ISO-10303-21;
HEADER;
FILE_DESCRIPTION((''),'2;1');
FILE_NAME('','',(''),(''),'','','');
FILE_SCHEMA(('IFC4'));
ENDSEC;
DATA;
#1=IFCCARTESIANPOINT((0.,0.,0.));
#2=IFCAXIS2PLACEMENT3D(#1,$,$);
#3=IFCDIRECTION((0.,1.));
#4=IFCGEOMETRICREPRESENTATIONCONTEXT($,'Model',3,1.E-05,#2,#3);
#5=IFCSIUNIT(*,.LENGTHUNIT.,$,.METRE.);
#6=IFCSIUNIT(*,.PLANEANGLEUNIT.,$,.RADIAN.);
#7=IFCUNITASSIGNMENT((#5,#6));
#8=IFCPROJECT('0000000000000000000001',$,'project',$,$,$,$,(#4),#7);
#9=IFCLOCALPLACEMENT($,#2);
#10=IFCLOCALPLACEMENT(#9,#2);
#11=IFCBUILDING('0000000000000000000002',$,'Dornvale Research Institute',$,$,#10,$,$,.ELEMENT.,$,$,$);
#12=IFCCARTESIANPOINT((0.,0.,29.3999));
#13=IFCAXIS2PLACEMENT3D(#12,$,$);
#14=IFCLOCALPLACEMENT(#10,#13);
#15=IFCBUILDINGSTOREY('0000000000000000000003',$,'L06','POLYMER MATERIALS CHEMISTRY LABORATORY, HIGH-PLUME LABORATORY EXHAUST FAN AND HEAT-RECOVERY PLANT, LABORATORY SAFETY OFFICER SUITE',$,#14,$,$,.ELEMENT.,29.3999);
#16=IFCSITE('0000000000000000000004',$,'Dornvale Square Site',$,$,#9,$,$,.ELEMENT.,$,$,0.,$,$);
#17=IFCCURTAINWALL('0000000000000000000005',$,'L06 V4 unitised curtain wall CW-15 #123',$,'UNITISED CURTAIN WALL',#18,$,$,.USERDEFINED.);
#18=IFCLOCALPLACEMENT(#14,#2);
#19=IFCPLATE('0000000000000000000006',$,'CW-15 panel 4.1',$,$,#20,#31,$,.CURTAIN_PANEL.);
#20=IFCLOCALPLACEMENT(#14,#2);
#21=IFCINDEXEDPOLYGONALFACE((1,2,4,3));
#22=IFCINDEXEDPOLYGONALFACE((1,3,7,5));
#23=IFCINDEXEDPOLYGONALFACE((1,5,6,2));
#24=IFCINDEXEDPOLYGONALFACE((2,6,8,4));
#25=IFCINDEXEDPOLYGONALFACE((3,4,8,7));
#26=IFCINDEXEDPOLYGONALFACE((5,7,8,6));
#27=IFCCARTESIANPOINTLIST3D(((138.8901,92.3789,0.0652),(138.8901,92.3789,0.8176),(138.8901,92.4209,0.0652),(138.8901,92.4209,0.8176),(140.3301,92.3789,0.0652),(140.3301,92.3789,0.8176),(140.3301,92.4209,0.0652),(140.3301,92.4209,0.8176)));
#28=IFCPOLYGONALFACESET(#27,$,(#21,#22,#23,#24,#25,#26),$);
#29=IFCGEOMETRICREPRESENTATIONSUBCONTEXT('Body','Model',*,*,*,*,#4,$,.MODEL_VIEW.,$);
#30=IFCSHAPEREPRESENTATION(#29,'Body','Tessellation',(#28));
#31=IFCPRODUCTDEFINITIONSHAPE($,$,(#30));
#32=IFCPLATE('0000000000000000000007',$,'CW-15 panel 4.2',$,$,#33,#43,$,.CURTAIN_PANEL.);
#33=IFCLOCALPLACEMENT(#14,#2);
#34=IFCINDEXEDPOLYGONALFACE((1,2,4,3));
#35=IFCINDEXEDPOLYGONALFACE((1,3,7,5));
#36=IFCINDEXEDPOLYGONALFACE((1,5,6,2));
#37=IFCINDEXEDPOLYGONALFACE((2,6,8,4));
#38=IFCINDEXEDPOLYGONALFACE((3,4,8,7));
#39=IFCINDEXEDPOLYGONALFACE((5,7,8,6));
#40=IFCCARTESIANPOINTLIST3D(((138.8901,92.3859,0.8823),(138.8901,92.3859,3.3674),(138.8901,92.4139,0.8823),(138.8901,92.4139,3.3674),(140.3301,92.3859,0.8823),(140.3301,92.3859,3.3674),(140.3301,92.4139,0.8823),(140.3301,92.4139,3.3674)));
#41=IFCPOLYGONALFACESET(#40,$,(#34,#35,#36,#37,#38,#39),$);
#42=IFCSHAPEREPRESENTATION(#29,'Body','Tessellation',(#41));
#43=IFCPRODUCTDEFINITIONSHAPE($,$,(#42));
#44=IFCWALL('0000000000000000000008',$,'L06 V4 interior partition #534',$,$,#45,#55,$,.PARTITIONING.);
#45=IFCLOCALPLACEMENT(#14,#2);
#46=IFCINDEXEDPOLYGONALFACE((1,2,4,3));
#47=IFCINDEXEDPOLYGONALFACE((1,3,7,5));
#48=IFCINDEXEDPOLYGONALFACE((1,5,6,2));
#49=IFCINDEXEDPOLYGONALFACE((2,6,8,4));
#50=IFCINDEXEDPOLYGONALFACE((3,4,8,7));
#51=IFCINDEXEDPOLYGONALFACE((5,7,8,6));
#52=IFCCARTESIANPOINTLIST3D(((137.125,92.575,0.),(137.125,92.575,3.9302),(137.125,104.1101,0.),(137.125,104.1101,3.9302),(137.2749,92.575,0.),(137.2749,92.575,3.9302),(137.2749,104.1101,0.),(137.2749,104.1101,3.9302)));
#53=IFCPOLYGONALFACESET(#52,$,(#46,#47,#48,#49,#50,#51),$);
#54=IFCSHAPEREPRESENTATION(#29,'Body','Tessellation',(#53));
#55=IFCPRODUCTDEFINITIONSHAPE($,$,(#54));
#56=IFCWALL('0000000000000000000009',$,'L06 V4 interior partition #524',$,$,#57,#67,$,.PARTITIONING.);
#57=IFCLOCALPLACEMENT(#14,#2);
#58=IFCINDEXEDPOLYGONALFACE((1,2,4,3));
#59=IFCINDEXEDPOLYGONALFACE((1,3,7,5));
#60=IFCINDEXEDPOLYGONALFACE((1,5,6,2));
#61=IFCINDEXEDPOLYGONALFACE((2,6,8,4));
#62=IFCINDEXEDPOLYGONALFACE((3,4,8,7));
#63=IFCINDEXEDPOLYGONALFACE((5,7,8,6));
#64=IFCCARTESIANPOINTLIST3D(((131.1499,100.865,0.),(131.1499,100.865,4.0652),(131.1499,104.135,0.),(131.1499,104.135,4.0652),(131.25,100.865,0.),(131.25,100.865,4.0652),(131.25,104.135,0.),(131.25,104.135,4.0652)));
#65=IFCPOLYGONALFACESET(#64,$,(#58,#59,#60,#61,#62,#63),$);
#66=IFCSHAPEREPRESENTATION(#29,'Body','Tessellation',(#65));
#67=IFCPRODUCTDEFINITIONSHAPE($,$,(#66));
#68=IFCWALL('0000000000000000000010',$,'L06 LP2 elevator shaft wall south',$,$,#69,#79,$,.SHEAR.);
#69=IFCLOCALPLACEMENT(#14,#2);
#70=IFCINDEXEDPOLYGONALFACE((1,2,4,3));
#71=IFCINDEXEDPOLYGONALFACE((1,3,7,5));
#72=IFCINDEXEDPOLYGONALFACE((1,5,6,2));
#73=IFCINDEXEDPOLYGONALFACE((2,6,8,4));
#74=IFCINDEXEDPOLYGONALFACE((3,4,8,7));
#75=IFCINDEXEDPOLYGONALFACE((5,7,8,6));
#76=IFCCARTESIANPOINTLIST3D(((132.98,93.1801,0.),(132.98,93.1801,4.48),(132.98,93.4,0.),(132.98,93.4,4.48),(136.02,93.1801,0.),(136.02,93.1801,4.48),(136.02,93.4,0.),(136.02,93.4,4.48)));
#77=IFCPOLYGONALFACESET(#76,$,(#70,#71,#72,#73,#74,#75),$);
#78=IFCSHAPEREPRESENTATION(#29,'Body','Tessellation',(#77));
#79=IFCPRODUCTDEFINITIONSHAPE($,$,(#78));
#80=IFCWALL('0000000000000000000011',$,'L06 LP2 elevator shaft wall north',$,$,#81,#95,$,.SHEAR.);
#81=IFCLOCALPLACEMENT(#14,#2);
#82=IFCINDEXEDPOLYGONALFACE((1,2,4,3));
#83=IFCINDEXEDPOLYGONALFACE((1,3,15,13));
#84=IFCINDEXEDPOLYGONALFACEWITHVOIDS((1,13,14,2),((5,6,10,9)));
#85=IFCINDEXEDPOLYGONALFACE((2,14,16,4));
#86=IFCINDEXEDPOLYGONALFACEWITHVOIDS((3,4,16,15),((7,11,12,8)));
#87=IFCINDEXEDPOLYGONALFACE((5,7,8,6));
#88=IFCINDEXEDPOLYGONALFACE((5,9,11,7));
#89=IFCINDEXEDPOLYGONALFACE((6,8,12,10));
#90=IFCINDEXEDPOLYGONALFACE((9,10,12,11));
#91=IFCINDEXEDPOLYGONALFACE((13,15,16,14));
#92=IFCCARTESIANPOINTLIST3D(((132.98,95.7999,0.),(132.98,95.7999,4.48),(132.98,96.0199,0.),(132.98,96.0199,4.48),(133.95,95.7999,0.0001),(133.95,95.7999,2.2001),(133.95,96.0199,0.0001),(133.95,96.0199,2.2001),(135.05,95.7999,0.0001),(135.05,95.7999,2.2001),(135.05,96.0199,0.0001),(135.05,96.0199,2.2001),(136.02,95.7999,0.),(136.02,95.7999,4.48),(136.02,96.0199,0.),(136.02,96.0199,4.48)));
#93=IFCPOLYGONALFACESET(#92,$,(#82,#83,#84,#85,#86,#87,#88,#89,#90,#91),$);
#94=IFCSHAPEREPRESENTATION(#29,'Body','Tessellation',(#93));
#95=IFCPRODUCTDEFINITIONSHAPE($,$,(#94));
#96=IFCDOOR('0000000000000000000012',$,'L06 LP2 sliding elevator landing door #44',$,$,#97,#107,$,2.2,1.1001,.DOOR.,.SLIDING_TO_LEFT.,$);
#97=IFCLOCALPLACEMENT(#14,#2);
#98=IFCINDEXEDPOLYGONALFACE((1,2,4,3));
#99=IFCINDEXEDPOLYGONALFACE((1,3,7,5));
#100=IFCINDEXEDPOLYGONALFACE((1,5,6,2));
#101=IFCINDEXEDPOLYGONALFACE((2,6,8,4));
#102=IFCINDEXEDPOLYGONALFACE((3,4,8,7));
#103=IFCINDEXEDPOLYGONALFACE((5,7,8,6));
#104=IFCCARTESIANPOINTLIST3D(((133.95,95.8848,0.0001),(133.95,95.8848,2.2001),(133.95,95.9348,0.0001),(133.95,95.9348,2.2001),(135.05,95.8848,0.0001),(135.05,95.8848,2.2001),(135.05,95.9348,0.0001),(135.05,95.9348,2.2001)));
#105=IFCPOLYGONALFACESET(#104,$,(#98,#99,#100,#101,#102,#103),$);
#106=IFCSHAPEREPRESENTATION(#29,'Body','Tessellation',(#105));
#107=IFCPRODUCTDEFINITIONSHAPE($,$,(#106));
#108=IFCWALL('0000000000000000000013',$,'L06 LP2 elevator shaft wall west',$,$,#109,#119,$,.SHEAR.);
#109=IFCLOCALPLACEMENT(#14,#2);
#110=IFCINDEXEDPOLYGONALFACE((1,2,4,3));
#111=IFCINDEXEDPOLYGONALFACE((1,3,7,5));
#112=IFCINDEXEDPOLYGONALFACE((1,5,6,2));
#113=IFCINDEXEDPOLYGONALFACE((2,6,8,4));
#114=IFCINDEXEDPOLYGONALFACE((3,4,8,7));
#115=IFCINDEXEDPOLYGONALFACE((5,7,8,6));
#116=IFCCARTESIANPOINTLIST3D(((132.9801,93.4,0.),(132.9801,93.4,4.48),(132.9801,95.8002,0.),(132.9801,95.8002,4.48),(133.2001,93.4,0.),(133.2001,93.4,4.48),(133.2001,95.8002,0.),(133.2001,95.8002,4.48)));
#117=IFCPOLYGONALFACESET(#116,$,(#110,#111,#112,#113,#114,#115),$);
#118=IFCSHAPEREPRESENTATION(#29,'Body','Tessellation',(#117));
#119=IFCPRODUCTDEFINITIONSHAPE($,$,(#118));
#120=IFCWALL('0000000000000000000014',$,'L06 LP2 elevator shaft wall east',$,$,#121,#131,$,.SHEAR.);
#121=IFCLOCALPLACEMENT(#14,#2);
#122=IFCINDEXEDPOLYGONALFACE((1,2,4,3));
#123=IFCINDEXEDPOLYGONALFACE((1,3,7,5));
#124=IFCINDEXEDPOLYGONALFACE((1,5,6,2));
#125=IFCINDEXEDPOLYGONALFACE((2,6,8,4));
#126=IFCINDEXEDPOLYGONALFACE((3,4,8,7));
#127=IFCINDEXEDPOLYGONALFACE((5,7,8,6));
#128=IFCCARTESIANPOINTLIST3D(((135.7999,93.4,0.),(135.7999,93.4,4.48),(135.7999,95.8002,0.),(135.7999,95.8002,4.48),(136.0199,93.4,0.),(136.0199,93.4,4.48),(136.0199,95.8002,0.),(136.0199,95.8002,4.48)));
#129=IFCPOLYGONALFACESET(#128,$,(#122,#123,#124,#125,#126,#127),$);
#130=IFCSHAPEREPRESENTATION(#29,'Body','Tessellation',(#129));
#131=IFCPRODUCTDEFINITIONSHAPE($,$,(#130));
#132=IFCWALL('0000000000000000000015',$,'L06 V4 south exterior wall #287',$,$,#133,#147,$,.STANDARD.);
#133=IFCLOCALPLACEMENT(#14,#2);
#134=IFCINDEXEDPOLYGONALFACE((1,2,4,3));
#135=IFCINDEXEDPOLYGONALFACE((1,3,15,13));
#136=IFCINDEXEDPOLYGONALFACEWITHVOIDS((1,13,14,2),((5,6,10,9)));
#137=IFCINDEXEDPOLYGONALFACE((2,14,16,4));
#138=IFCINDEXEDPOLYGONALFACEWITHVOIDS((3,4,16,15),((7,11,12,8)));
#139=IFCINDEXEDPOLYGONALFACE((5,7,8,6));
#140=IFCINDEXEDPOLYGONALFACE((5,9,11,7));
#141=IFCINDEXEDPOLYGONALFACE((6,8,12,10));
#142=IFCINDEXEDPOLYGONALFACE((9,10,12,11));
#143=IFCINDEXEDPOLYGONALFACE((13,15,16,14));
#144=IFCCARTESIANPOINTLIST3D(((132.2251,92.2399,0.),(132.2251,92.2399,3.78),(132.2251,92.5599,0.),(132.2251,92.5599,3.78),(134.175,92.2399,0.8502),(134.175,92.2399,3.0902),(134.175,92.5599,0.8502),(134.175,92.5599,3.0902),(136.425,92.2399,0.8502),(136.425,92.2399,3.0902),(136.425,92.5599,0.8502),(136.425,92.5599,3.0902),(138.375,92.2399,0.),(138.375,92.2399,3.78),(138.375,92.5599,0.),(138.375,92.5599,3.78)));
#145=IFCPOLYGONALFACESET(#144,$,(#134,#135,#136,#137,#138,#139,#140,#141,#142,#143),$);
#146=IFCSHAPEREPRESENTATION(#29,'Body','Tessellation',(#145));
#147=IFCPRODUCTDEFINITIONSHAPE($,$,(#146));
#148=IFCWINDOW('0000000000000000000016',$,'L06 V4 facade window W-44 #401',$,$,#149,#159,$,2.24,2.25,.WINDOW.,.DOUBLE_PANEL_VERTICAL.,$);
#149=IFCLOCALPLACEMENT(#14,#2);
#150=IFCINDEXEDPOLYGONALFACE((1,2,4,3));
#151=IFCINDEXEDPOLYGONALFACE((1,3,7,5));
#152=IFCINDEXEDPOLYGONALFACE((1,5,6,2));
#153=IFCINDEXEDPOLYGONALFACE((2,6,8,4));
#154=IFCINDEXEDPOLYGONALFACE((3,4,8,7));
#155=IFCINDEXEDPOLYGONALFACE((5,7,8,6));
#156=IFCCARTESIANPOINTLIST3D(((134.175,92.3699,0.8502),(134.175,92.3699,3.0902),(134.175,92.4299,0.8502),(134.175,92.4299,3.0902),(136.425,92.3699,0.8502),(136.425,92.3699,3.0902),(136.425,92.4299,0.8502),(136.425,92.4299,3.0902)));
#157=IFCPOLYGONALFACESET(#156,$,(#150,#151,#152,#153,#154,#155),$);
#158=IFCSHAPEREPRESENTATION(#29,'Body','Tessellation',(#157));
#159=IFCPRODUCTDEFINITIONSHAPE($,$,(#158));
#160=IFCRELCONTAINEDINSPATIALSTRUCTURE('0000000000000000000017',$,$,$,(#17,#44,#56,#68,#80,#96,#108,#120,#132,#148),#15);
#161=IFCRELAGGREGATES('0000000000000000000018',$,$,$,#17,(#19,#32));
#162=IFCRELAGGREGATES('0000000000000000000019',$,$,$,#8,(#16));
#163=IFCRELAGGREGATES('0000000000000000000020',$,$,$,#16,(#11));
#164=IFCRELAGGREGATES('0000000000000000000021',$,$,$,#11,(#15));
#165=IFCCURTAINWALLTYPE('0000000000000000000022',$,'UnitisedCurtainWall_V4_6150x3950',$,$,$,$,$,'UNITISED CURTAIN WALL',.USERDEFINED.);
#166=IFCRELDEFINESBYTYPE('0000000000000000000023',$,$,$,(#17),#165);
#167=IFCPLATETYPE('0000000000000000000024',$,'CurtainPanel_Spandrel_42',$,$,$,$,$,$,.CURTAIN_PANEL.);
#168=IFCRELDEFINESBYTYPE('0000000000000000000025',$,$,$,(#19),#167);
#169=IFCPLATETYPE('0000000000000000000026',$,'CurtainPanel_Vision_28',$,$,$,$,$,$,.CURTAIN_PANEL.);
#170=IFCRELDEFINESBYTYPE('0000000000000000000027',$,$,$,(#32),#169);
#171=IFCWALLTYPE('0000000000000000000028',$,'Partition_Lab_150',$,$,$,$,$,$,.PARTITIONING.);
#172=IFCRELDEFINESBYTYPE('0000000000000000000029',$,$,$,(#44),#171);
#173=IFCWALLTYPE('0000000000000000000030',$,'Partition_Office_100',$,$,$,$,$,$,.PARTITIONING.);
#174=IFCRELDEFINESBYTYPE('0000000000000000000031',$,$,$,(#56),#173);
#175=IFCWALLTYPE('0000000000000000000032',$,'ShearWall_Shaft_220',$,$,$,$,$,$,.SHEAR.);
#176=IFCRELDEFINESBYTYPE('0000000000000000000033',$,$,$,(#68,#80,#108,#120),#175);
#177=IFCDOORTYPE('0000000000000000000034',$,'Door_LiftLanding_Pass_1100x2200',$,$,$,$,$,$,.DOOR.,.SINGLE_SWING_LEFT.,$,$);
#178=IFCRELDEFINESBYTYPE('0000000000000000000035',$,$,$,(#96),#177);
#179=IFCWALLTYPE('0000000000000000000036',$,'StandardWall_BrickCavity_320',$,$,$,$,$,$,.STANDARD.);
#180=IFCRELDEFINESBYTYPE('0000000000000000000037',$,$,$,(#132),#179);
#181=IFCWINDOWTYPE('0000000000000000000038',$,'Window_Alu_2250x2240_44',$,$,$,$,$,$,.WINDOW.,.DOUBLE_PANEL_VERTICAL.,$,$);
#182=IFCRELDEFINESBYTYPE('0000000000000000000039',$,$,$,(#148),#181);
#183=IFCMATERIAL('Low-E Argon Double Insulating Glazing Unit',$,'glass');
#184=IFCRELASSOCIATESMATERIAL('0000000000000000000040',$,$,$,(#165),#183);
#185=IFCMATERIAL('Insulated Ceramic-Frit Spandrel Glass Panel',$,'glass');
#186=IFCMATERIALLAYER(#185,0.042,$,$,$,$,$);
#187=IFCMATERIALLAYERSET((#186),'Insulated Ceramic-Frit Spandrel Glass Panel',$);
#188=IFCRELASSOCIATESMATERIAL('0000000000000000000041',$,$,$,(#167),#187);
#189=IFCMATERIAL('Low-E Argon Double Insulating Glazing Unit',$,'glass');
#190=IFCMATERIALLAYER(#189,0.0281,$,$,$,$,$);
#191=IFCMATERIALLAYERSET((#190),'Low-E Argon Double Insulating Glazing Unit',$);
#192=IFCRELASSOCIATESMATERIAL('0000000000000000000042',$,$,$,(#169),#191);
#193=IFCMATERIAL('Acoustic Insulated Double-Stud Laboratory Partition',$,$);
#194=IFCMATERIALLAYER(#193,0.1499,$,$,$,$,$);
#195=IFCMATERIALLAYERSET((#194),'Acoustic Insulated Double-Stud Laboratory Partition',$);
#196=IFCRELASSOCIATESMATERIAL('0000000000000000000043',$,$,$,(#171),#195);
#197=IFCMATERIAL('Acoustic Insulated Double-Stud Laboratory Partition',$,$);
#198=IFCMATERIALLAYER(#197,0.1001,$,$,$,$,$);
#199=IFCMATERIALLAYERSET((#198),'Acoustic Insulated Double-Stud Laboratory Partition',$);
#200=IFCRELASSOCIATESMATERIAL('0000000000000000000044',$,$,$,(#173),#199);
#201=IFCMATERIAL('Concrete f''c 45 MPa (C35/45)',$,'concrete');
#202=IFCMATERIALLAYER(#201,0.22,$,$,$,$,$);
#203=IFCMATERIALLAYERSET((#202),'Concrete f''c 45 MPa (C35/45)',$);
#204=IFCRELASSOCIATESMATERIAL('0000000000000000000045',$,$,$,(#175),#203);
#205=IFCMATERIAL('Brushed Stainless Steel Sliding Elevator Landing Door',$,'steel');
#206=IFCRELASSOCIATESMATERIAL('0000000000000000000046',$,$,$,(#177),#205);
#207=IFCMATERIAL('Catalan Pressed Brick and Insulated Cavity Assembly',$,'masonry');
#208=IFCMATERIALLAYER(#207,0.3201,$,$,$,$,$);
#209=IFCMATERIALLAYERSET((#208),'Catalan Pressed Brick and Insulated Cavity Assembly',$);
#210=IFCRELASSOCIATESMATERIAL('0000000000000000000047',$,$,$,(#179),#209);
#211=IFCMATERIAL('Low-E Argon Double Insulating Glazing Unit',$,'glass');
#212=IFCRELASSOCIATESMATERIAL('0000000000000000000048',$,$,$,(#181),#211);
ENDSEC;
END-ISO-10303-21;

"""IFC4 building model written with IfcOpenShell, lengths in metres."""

from ifc_helpers import new_model, si_unit, direction, frame, frame_2d, origin, origin_2d, place, context, subcontext, project, spatial, rectangle, extrude, material, layer, layer_set, type_object, element, fill, aggregate, save


model = new_model("IFC4")

# Units and contexts
model_context = context("Model", 3, precision=1e-05, world=origin(), true_north=direction((0.0, 1.0)))
body_context = subcontext(model_context, "Body", "Model", "MODEL_VIEW")
ifc_project = project(units=[si_unit("LENGTHUNIT", "METRE"), si_unit("PLANEANGLEUNIT", "RADIAN")], contexts=[model_context])

# Site, building, storey
site_placement = place(None, origin())
site = spatial("IfcSite", under=ifc_project, at=site_placement, Name="Dornvale Square Site", CompositionType="ELEMENT", RefElevation=0.0)
building_placement = place(site_placement, origin())
building = spatial("IfcBuilding", under=site, at=building_placement, Name="Dornvale Research Institute", CompositionType="ELEMENT")
storey_placement = place(building_placement, frame((0.0, 0.0, 29.3999)))
storey = spatial("IfcBuildingStorey", under=building, at=storey_placement, Name="L06", Description="POLYMER MATERIALS CHEMISTRY LABORATORY, HIGH-PLUME LABORATORY EXHAUST FAN AND HEAT-RECOVERY PLANT, LABORATORY SAFETY OFFICER SUITE", CompositionType="ELEMENT", Elevation=29.3999)

# Curtain wall
ifc_material_1 = material(Name="Low-E Argon Double Insulating Glazing Unit", Category="glass")
curtain_wall_type = type_object("IfcCurtainWallType", Name="UnitisedCurtainWall_V4_6150x3950", ElementType="UNITISED CURTAIN WALL", PredefinedType="USERDEFINED", material=ifc_material_1)
curtain_wall_1_placement = place(storey_placement, origin())
curtain_wall_1 = element("IfcCurtainWall", 1, at=curtain_wall_1_placement, inside=storey, type_object=curtain_wall_type, Name="L06 V4 unitised curtain wall CW-15 #123", ObjectType="UNITISED CURTAIN WALL", PredefinedType="USERDEFINED")

# Plates
ifc_material_2 = material(Name="Insulated Ceramic-Frit Spandrel Glass Panel", Category="glass")
ifc_layer_1 = layer(ifc_material_2, 0.042)
ifc_layer_set_1 = layer_set([ifc_layer_1], Name="Insulated Ceramic-Frit Spandrel Glass Panel")
plate_type_1 = type_object("IfcPlateType", Name="CurtainPanel_Spandrel_42", PredefinedType="CURTAIN_PANEL", material=ifc_layer_set_1)
plate_1_placement = place(storey_placement, frame((139.6101, 92.3999, 0.0652), z_axis=(0.0, 0.0, 1.0), x_axis=(-1.0, 0.0, 0.0)))
plate_1 = element("IfcPlate", 2, at=plate_1_placement, type_object=plate_type_1, Name="CW-15 panel 4.1", PredefinedType="CURTAIN_PANEL", context=body_context, shape_type="SweptSolid", body=[
    extrude(rectangle(XDim=1.4399, YDim=0.042, at=origin_2d()), origin(), (0.0, 0.0, 1.0), 0.7524),
])
ifc_material_3 = material(Name="Low-E Argon Double Insulating Glazing Unit", Category="glass")
ifc_layer_2 = layer(ifc_material_3, 0.0281)
ifc_layer_set_2 = layer_set([ifc_layer_2], Name="Low-E Argon Double Insulating Glazing Unit")
plate_type_2 = type_object("IfcPlateType", Name="CurtainPanel_Vision_28", PredefinedType="CURTAIN_PANEL", material=ifc_layer_set_2)
plate_2_placement = place(storey_placement, frame((139.6101, 92.3999, 0.8823), z_axis=(0.0, 0.0, 1.0), x_axis=(-1.0, 0.0, 0.0)))
plate_2 = element("IfcPlate", 3, at=plate_2_placement, type_object=plate_type_2, Name="CW-15 panel 4.2", PredefinedType="CURTAIN_PANEL", context=body_context, shape_type="SweptSolid", body=[
    extrude(rectangle(XDim=1.4399, YDim=0.0281, at=origin_2d()), origin(), (0.0, 0.0, 1.0), 2.4851),
])
aggregate(curtain_wall_1, [plate_1, plate_2])

# Walls
ifc_material_4 = material(Name="Acoustic Insulated Double-Stud Laboratory Partition")
ifc_layer_3 = layer(ifc_material_4, 0.1499)
ifc_layer_set_3 = layer_set([ifc_layer_3], Name="Acoustic Insulated Double-Stud Laboratory Partition")
wall_type_1 = type_object("IfcWallType", Name="Partition_Lab_150", PredefinedType="PARTITIONING", material=ifc_layer_set_3)
wall_1_placement = place(storey_placement, frame((137.2, 92.575, 0.0), z_axis=(0.0, 0.0, 1.0), x_axis=(0.0, 1.0, 0.0)))
element("IfcWall", 4, at=wall_1_placement, inside=storey, type_object=wall_type_1, Name="L06 V4 interior partition #534", PredefinedType="PARTITIONING", context=body_context, shape_type="SweptSolid", body=[
    extrude(rectangle(XDim=11.5352, YDim=0.1499, at=frame_2d((5.7676, 0.0))), origin(), (0.0, 0.0, 1.0), 3.9302),
])
ifc_material_5 = material(Name="Acoustic Insulated Double-Stud Laboratory Partition")
ifc_layer_4 = layer(ifc_material_5, 0.1001)
ifc_layer_set_4 = layer_set([ifc_layer_4], Name="Acoustic Insulated Double-Stud Laboratory Partition")
wall_type_2 = type_object("IfcWallType", Name="Partition_Office_100", PredefinedType="PARTITIONING", material=ifc_layer_set_4)
wall_2_placement = place(storey_placement, frame((131.2, 100.865, 0.0), z_axis=(0.0, 0.0, 1.0), x_axis=(0.0, 1.0, 0.0)))
element("IfcWall", 5, at=wall_2_placement, inside=storey, type_object=wall_type_2, Name="L06 V4 interior partition #524", PredefinedType="PARTITIONING", context=body_context, shape_type="SweptSolid", body=[
    extrude(rectangle(XDim=3.27, YDim=0.1001, at=frame_2d((1.635, 0.0))), origin(), (0.0, 0.0, 1.0), 4.0652),
])
ifc_material_6 = material(Name="Concrete f'c 45 MPa (C35/45)", Category="concrete")
ifc_layer_5 = layer(ifc_material_6, 0.22)
ifc_layer_set_5 = layer_set([ifc_layer_5], Name="Concrete f'c 45 MPa (C35/45)")
wall_type_3 = type_object("IfcWallType", Name="ShearWall_Shaft_220", PredefinedType="SHEAR", material=ifc_layer_set_5)
wall_3_placement = place(storey_placement, frame((132.98, 93.29, 0.0), z_axis=(0.0, 0.0, 1.0), x_axis=(1.0, 0.0, 0.0)))
element("IfcWall", 6, at=wall_3_placement, inside=storey, type_object=wall_type_3, Name="L06 LP2 elevator shaft wall south", PredefinedType="SHEAR", context=body_context, shape_type="SweptSolid", body=[
    extrude(rectangle(XDim=3.04, YDim=0.22, at=frame_2d((1.52, 0.0))), origin(), (0.0, 0.0, 1.0), 4.48),
])

# Wall, opening, door
wall_4_placement = place(storey_placement, frame((132.98, 95.9099, 0.0), z_axis=(0.0, 0.0, 1.0), x_axis=(1.0, 0.0, 0.0)))
wall_4 = element("IfcWall", 7, at=wall_4_placement, inside=storey, type_object=wall_type_3, Name="L06 LP2 elevator shaft wall north", PredefinedType="SHEAR", context=body_context, shape_type="SweptSolid", body=[
    extrude(rectangle(XDim=3.04, YDim=0.22, at=frame_2d((1.52, 0.0))), origin(), (0.0, 0.0, 1.0), 4.48),
])
opening_1_placement = place(wall_4_placement, frame((0.97, 0.0, 0.0)))
opening_1 = element("IfcOpeningElement", 8, at=opening_1_placement, cuts=wall_4, PredefinedType="OPENING", context=body_context, shape_type="SweptSolid", body=[
    extrude(rectangle(XDim=1.1001, YDim=2.2, at=frame_2d((0.55, 1.1001))), frame((0.0, 0.125, 0.0), z_axis=(0.0, -1.0, 0.0), x_axis=(1.0, 0.0, 0.0)), (0.0, 0.0, 1.0), 0.25),
])
ifc_material_7 = material(Name="Brushed Stainless Steel Sliding Elevator Landing Door", Category="steel")
door_type = type_object("IfcDoorType", Name="Door_LiftLanding_Pass_1100x2200", OperationType="SINGLE_SWING_LEFT", PredefinedType="DOOR", material=ifc_material_7)
door_placement = place(opening_1_placement, origin())
door = element("IfcDoor", 9, at=door_placement, inside=storey, type_object=door_type, Name="L06 LP2 sliding elevator landing door #44", OperationType="SLIDING_TO_LEFT", OverallHeight=2.2, OverallWidth=1.1001, PredefinedType="DOOR", context=body_context, shape_type="SweptSolid", body=[
    extrude(rectangle(XDim=1.1001, YDim=2.2, at=frame_2d((0.55, 1.1001))), frame((0.0, 0.0249, 0.0), z_axis=(0.0, -1.0, 0.0), x_axis=(1.0, 0.0, 0.0)), (0.0, 0.0, 1.0), 0.05),
])
fill(opening_1, door)

# Walls
for number, where, z_axis, x_axis, name in (
    (10, (133.0901, 93.3999, 0.0), (0.0, 0.0, 1.0), (0.0, 1.0, 0.0), "L06 LP2 elevator shaft wall west"),
    (11, (135.9099, 93.3999, 0.0), (0.0, 0.0, 1.0), (0.0, 1.0, 0.0), "L06 LP2 elevator shaft wall east"),
):
    element("IfcWall", number, at=place(storey_placement, frame(where, z_axis=z_axis, x_axis=x_axis)), inside=storey, type_object=wall_type_3, Name=name, PredefinedType="SHEAR", context=body_context, shape_type="SweptSolid", body=[
        extrude(rectangle(XDim=2.4001, YDim=0.22, at=frame_2d((1.2002, 0.0))), origin(), (0.0, 0.0, 1.0), 4.48),
    ])

# Wall, opening, window
ifc_material_8 = material(Name="Catalan Pressed Brick and Insulated Cavity Assembly", Category="masonry")
ifc_layer_6 = layer(ifc_material_8, 0.3201)
ifc_layer_set_6 = layer_set([ifc_layer_6], Name="Catalan Pressed Brick and Insulated Cavity Assembly")
wall_type_4 = type_object("IfcWallType", Name="StandardWall_BrickCavity_320", PredefinedType="STANDARD", material=ifc_layer_set_6)
wall_5_placement = place(storey_placement, frame((138.375, 92.3999, 0.0), z_axis=(0.0, 0.0, 1.0), x_axis=(-1.0, 0.0, 0.0)))
wall_5 = element("IfcWall", 12, at=wall_5_placement, inside=storey, type_object=wall_type_4, Name="L06 V4 south exterior wall #287", PredefinedType="STANDARD", context=body_context, shape_type="SweptSolid", body=[
    extrude(rectangle(XDim=6.1499, YDim=0.3201, at=frame_2d((3.075, 0.0))), origin(), (0.0, 0.0, 1.0), 3.78),
])
opening_2_placement = place(wall_5_placement, frame((1.95, 0.0, 0.8501)))
opening_2 = element("IfcOpeningElement", 13, at=opening_2_placement, cuts=wall_5, PredefinedType="OPENING", context=body_context, shape_type="SweptSolid", body=[
    extrude(rectangle(XDim=2.25, YDim=2.24, at=frame_2d((1.125, 1.1201))), frame((0.0, 0.175, 0.0), z_axis=(0.0, -1.0, 0.0), x_axis=(1.0, 0.0, 0.0)), (0.0, 0.0, 1.0), 0.3501),
])
ifc_material_9 = material(Name="Low-E Argon Double Insulating Glazing Unit", Category="glass")
window_type = type_object("IfcWindowType", Name="Window_Alu_2250x2240_44", PartitioningType="DOUBLE_PANEL_VERTICAL", PredefinedType="WINDOW", material=ifc_material_9)
window_placement = place(opening_2_placement, origin())
window = element("IfcWindow", 14, at=window_placement, inside=storey, type_object=window_type, Name="L06 V4 facade window W-44 #401", OverallHeight=2.24, OverallWidth=2.25, PartitioningType="DOUBLE_PANEL_VERTICAL", PredefinedType="WINDOW", context=body_context, shape_type="SweptSolid", body=[
    extrude(rectangle(XDim=2.25, YDim=2.24, at=frame_2d((1.125, 1.1201))), frame((0.0, 0.03, 0.0), z_axis=(0.0, -1.0, 0.0), x_axis=(1.0, 0.0, 0.0)), (0.0, 0.0, 1.0), 0.0601),
])
fill(opening_2, window)

save(model, "model.ifc")
